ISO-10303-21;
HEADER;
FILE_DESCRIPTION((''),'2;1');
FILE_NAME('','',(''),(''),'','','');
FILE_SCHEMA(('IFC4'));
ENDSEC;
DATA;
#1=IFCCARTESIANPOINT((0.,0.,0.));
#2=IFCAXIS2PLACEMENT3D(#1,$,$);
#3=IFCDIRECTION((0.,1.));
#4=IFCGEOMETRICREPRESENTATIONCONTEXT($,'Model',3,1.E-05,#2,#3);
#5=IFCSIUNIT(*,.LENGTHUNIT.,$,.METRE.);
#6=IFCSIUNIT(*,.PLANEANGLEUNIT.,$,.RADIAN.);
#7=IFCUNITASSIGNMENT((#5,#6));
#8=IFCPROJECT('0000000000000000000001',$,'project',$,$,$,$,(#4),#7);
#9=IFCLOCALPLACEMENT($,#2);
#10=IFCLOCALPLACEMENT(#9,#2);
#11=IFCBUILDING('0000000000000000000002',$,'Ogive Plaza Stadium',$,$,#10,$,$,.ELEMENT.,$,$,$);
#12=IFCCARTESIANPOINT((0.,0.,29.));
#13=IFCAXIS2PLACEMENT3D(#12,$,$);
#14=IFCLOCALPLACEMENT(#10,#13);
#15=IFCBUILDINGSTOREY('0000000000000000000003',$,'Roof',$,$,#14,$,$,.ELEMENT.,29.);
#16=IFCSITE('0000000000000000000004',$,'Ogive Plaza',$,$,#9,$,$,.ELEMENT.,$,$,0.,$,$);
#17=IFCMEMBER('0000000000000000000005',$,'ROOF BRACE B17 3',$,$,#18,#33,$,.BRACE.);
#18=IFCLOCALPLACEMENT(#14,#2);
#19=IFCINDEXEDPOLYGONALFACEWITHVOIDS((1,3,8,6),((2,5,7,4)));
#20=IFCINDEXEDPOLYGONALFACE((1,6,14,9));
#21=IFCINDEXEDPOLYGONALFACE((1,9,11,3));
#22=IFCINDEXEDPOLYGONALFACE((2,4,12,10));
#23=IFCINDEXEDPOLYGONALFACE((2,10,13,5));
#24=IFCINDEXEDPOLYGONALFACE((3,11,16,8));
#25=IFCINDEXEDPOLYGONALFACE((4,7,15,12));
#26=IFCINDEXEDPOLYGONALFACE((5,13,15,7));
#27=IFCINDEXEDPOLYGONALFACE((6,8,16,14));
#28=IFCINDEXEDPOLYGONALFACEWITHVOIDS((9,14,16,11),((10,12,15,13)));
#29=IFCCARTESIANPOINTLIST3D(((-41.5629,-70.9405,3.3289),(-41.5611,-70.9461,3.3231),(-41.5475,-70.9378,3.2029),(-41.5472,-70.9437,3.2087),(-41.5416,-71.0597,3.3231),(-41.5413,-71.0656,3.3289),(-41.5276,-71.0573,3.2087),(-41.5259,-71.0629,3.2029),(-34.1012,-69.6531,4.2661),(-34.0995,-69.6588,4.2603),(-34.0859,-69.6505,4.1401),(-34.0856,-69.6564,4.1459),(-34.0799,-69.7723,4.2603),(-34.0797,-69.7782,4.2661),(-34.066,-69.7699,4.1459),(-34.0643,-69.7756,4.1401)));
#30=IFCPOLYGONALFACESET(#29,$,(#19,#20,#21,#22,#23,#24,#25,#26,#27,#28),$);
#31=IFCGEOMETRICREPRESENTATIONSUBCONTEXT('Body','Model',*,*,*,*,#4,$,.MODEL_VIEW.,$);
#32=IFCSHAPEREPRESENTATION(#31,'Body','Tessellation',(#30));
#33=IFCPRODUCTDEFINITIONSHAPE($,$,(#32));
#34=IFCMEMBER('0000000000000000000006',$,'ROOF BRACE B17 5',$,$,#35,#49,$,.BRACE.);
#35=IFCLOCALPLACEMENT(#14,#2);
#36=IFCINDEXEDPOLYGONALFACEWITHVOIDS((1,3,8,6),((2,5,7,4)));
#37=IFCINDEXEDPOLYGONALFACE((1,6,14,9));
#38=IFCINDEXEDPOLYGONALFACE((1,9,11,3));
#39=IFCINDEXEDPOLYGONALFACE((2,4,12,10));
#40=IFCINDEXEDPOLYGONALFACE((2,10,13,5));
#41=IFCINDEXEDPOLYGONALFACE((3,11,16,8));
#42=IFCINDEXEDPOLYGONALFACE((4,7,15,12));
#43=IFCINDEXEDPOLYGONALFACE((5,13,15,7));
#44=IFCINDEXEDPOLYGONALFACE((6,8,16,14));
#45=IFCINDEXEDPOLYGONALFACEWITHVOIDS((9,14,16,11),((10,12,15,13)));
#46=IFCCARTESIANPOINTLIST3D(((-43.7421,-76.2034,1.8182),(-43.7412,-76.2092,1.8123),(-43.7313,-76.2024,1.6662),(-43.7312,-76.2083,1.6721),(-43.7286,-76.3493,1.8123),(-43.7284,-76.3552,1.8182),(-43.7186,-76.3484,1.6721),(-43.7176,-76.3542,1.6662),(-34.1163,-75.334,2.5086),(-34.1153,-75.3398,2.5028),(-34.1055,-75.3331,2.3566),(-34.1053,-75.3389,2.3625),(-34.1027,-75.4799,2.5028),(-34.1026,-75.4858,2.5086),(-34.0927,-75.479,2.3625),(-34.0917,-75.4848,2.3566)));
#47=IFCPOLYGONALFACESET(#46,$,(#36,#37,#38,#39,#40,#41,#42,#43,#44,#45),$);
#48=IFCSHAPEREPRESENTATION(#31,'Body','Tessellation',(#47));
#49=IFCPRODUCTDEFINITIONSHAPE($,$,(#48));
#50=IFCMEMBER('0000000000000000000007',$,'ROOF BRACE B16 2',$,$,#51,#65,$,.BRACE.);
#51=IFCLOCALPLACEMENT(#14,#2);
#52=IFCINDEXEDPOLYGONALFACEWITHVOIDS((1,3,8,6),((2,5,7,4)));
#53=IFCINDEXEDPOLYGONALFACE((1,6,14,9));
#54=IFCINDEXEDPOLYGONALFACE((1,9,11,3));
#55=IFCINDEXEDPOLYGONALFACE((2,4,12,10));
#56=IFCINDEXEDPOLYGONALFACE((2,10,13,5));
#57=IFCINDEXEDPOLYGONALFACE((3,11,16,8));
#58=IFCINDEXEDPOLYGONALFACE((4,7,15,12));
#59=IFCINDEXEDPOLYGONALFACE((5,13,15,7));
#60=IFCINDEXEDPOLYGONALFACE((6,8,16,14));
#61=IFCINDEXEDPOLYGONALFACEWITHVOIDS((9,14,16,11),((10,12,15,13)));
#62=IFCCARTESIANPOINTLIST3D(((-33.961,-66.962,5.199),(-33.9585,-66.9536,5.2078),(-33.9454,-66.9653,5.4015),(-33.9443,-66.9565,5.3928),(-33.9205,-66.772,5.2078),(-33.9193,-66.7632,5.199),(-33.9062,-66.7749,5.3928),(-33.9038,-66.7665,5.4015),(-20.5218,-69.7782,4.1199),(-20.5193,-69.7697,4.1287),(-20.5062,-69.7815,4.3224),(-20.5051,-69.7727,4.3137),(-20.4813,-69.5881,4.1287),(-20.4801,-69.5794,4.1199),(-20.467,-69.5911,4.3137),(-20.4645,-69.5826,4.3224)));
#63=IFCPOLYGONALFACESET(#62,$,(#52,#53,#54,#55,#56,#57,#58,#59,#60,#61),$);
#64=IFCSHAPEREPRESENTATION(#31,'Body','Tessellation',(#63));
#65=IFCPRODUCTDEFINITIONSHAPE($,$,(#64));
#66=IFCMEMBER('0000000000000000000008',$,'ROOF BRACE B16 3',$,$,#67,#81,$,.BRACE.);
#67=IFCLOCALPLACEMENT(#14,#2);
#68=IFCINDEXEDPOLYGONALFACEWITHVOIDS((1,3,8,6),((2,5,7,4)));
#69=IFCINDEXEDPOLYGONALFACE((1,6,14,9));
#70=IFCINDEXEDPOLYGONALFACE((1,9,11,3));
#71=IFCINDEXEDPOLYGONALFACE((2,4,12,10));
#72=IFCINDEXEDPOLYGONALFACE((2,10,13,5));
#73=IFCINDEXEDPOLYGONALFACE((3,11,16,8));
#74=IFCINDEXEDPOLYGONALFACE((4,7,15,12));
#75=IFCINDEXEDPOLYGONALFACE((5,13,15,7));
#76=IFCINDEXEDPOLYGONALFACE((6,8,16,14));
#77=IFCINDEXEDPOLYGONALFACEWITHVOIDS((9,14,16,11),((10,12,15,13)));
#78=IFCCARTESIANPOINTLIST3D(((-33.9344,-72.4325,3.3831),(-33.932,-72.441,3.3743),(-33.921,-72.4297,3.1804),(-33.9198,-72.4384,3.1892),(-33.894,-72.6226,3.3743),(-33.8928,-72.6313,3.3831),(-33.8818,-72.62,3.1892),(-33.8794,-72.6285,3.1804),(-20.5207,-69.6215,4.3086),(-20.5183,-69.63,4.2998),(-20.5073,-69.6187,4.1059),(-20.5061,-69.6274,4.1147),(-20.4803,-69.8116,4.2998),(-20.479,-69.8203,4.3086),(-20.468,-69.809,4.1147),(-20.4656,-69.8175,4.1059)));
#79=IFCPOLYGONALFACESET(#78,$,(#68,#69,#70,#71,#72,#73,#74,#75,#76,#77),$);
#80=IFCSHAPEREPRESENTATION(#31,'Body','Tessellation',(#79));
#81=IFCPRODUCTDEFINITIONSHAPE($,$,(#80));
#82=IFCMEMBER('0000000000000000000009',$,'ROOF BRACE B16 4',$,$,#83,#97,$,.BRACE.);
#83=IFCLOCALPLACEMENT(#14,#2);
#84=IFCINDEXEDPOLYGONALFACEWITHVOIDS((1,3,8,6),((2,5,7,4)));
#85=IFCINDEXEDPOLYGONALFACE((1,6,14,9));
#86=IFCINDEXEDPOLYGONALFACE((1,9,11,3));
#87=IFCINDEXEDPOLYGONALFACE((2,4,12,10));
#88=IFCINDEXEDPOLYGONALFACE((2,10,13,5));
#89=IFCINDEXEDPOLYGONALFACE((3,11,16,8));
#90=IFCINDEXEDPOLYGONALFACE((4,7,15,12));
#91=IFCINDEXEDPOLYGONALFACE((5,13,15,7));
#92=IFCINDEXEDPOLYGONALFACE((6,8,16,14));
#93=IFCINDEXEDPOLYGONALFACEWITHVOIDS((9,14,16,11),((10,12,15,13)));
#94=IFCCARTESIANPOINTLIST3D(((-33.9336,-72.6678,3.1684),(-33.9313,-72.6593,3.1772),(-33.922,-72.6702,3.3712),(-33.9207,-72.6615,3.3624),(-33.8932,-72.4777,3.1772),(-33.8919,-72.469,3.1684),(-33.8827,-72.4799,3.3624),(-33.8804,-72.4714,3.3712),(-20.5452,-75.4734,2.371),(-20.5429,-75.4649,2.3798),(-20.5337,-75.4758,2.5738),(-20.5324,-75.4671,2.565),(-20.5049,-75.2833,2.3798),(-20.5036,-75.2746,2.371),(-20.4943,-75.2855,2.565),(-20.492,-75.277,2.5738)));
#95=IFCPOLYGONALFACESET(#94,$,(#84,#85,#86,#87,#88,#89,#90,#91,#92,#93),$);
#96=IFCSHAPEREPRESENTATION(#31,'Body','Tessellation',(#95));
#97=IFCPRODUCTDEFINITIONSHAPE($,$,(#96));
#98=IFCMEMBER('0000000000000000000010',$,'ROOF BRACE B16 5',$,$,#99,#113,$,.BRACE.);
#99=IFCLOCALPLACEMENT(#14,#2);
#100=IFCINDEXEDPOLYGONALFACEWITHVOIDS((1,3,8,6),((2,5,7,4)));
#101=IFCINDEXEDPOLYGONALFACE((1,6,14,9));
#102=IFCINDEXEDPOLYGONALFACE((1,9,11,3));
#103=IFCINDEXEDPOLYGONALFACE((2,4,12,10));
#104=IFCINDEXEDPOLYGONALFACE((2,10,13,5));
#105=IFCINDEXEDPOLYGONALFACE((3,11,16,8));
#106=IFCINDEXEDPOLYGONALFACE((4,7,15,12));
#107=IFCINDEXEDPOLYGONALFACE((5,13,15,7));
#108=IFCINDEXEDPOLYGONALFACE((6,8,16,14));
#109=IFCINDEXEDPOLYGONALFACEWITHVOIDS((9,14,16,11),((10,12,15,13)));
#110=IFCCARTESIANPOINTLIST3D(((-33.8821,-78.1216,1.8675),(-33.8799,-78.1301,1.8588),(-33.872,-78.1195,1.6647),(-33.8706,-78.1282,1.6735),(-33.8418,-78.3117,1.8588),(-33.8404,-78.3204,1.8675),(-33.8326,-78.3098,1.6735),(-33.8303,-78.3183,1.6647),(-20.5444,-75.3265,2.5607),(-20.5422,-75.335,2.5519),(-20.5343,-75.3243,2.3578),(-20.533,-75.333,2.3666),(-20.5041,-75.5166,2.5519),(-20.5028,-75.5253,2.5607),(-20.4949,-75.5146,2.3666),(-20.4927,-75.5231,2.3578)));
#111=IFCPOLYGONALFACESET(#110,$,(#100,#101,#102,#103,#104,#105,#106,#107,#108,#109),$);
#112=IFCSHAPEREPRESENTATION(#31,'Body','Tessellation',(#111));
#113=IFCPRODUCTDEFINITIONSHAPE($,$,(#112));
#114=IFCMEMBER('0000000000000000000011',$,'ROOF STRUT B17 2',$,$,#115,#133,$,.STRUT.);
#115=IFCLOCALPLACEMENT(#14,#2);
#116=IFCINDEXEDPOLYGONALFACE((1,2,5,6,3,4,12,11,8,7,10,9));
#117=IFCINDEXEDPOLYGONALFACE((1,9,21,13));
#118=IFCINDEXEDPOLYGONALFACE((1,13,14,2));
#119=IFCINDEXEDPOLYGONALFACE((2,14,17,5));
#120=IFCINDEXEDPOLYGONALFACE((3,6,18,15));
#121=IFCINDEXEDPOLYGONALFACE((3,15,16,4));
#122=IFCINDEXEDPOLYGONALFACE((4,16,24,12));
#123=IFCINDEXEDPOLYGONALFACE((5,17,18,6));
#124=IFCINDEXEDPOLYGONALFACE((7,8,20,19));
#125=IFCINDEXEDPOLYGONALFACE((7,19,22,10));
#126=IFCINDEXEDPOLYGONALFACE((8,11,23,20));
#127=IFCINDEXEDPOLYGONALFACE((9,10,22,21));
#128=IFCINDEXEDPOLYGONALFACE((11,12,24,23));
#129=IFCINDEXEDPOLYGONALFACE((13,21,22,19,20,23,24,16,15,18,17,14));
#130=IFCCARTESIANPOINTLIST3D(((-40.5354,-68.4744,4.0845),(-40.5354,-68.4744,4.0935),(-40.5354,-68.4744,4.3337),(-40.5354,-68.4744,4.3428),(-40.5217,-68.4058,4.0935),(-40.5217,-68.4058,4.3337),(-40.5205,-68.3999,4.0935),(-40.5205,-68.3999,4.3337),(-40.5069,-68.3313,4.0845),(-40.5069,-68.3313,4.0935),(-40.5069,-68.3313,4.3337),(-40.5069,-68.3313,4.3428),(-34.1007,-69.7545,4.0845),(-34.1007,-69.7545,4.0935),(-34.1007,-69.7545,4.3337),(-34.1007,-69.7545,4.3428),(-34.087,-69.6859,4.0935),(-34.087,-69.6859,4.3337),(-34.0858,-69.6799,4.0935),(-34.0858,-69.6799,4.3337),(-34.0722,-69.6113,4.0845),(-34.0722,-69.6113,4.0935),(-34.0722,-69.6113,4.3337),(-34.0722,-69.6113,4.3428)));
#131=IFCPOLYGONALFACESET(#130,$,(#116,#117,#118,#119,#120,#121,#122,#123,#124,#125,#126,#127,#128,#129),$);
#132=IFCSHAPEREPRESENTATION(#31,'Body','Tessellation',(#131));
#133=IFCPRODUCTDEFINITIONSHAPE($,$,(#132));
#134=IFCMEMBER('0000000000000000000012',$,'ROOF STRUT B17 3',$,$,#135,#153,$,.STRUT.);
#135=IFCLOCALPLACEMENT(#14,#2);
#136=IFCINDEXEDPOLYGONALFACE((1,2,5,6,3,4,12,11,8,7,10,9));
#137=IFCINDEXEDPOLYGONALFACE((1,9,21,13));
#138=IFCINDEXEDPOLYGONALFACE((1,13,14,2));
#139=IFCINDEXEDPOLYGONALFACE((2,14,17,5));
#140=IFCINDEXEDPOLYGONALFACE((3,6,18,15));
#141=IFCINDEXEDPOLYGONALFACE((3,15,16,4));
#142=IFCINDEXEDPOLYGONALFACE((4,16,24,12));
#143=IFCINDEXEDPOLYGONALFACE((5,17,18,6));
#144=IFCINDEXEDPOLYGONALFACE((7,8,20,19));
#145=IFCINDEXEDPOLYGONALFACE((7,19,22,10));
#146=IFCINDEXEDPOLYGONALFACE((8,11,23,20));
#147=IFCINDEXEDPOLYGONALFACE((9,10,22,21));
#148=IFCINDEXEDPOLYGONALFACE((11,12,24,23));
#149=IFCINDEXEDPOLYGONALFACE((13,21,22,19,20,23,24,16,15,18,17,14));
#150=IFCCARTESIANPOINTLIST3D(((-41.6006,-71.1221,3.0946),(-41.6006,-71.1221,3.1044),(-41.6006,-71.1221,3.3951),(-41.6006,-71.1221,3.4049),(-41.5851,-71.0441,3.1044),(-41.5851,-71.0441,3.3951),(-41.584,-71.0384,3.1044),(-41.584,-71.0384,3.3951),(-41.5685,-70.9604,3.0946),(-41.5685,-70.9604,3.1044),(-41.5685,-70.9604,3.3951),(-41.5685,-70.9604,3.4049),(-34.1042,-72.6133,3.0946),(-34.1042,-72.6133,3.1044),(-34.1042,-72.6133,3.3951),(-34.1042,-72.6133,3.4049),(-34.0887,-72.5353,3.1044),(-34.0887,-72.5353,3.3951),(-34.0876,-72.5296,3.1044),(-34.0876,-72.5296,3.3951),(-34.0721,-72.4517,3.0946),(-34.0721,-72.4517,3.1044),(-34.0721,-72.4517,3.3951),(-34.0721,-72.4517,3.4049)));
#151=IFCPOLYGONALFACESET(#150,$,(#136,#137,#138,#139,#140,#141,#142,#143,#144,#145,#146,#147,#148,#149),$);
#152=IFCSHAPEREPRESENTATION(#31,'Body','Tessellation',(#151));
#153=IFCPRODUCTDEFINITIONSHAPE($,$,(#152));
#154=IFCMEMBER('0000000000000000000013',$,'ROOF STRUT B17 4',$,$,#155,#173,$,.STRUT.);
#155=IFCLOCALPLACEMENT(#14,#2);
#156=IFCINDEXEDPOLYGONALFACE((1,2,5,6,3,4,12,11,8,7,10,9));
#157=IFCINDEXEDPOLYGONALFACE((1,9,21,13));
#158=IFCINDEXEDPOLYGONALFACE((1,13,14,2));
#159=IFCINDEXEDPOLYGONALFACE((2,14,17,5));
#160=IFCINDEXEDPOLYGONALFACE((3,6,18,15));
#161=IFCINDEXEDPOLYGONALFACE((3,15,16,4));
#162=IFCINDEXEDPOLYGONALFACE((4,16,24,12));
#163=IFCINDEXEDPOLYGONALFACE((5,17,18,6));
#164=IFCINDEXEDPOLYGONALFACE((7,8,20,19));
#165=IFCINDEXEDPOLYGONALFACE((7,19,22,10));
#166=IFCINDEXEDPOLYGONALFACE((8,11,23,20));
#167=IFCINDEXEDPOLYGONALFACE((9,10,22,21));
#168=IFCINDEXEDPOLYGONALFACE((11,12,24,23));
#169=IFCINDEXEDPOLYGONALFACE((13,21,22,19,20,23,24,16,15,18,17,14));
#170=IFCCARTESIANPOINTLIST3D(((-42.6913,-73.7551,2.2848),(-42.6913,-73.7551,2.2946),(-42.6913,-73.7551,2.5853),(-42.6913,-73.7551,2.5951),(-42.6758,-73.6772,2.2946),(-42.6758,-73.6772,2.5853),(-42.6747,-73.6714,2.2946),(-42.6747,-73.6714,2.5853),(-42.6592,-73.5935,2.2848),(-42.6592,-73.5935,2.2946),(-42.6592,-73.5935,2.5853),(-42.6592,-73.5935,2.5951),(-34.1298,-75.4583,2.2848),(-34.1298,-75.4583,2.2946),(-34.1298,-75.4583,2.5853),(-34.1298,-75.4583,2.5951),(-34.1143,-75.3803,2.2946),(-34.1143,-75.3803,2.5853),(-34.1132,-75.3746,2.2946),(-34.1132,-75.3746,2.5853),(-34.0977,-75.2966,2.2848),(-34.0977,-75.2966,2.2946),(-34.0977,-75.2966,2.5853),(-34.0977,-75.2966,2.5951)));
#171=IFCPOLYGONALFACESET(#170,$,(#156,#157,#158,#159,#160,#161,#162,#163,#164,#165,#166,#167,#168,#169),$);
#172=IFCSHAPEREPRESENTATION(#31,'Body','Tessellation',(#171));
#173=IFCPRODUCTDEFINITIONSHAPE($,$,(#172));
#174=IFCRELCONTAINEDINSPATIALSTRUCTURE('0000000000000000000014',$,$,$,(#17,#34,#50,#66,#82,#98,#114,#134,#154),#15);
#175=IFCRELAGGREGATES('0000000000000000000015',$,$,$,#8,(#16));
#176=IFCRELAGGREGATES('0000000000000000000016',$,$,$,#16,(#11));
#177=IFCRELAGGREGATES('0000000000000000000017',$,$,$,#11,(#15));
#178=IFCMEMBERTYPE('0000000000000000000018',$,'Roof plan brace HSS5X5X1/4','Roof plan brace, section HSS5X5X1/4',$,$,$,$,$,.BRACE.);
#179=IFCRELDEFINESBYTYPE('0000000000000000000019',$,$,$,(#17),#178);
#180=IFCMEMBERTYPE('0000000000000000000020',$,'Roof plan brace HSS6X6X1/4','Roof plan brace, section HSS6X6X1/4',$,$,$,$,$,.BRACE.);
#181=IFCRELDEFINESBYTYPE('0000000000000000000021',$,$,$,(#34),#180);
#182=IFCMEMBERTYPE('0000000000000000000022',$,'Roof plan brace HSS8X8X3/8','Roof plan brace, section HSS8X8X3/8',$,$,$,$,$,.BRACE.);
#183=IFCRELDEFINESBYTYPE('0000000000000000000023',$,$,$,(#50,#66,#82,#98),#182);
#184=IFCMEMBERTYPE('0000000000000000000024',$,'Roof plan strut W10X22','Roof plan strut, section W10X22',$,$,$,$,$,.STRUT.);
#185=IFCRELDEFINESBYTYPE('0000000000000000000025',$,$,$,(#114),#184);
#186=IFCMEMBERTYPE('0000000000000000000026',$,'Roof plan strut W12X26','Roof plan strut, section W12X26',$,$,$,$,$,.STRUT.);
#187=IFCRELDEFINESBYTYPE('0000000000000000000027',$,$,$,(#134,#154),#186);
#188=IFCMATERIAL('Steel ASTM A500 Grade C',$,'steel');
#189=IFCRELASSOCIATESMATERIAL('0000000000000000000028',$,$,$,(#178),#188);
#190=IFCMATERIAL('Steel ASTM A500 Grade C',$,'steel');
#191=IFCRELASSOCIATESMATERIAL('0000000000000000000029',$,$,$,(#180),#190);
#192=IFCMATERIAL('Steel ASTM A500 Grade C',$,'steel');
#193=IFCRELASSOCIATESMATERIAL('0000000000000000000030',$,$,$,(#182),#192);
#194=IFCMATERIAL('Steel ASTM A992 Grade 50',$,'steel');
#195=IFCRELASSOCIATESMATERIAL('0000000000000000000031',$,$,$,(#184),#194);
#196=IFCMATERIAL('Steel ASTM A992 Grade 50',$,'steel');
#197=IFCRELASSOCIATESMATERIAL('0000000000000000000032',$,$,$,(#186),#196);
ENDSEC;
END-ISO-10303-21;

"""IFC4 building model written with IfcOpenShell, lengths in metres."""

from ifc_helpers import new_model, si_unit, direction, frame, origin, origin_2d, place, context, subcontext, project, spatial, hollow_rectangle, i_section, extrude, material, material_profile, profile_set, type_object, element, save


model = new_model("IFC4")

# Units and contexts
model_context = context("Model", 3, precision=1e-05, world=origin(), true_north=direction((0.0, 1.0)))
body_context = subcontext(model_context, "Body", "Model", "MODEL_VIEW")
ifc_project = project(units=[si_unit("LENGTHUNIT", "METRE"), si_unit("PLANEANGLEUNIT", "RADIAN")], contexts=[model_context])

# Site, building, storey
site_placement = place(None, origin())
site = spatial("IfcSite", under=ifc_project, at=site_placement, Name="Ogive Plaza", CompositionType="ELEMENT", RefElevation=0.0)
building_placement = place(site_placement, origin())
building = spatial("IfcBuilding", under=site, at=building_placement, Name="Ogive Plaza Stadium", CompositionType="ELEMENT")
storey_placement = place(building_placement, frame((0.0, 0.0, 29.0)))
storey = spatial("IfcBuildingStorey", under=building, at=storey_placement, Name="Roof", CompositionType="ELEMENT", Elevation=29.0)

# Members
ifc_material_1 = material(Name="Steel ASTM A500 Grade C", Category="steel")
ifc_material_profile_1 = material_profile(ifc_material_1, hollow_rectangle(XDim=0.127, YDim=0.127, WallThickness=0.0059, at=origin_2d()), Name="HSS5X5X1/4")
ifc_profile_set_1 = profile_set([ifc_material_profile_1], Name="Steel ASTM A500 Grade C")
member_type_1 = type_object("IfcMemberType", Name="Roof plan brace HSS5X5X1/4", Description="Roof plan brace, section HSS5X5X1/4", PredefinedType="BRACE", material=ifc_profile_set_1)
member_1_placement = place(storey_placement, frame((-34.0828, -69.7144, 4.2031), z_axis=(-0.977977, -0.168729, -0.122843), x_axis=(0.170017, -0.985441, 0.0)))
element("IfcMember", 1, at=member_1_placement, inside=storey, type_object=member_type_1, Name="ROOF BRACE B17 3", PredefinedType="BRACE", context=body_context, shape_type="SweptSolid", body=[
    extrude(hollow_rectangle(XDim=0.127, YDim=0.127, WallThickness=0.0059, at=origin_2d()), origin(), (0.0, 0.0, 1.0), 7.6296),
])
ifc_material_2 = material(Name="Steel ASTM A500 Grade C", Category="steel")
ifc_material_profile_2 = material_profile(ifc_material_2, hollow_rectangle(XDim=0.1523, YDim=0.1523, WallThickness=0.0059, at=origin_2d()), Name="HSS6X6X1/4")
ifc_profile_set_2 = profile_set([ifc_material_profile_2], Name="Steel ASTM A500 Grade C")
member_type_2 = type_object("IfcMemberType", Name="Roof plan brace HSS6X6X1/4", Description="Roof plan brace, section HSS6X6X1/4", PredefinedType="BRACE", material=ifc_profile_set_2)
member_2_placement = place(storey_placement, frame((-34.104, -75.4094, 2.4326), z_axis=(-0.993415, -0.089722, -0.071253), x_axis=(0.08995, -0.995946, 0.0)))
element("IfcMember", 2, at=member_2_placement, inside=storey, type_object=member_type_2, Name="ROOF BRACE B17 5", PredefinedType="BRACE", context=body_context, shape_type="SweptSolid", body=[
    extrude(hollow_rectangle(XDim=0.1523, YDim=0.1523, WallThickness=0.0059, at=origin_2d()), origin(), (0.0, 0.0, 1.0), 9.6897),
])
ifc_material_3 = material(Name="Steel ASTM A500 Grade C", Category="steel")
ifc_material_profile_3 = material_profile(ifc_material_3, hollow_rectangle(XDim=0.2031, YDim=0.2031, WallThickness=0.0088, at=origin_2d()), Name="HSS8X8X3/8")
ifc_profile_set_3 = profile_set([ifc_material_profile_3], Name="Steel ASTM A500 Grade C")
member_type_3 = type_object("IfcMemberType", Name="Roof plan brace HSS8X8X3/8", Description="Roof plan brace, section HSS8X8X3/8", PredefinedType="BRACE", material=ifc_profile_set_3)
member_3_placement = place(storey_placement, frame((-33.9324, -66.8643, 5.3003), z_axis=(0.975734, -0.204463, -0.078347), x_axis=(0.205094, 0.978742, 0.0)))
element("IfcMember", 3, at=member_3_placement, inside=storey, type_object=member_type_3, Name="ROOF BRACE B16 2", PredefinedType="BRACE", context=body_context, shape_type="SweptSolid", body=[
    extrude(hollow_rectangle(XDim=0.2031, YDim=0.2031, WallThickness=0.0088, at=origin_2d()), origin(), (0.0, 0.0, 1.0), 13.7734),
])
member_4_placement = place(storey_placement, frame((-20.4932, -69.7195, 4.2073), z_axis=(-0.976515, -0.204641, -0.067378), x_axis=(0.205107, -0.97874, 0.0)))
element("IfcMember", 4, at=member_4_placement, inside=storey, type_object=member_type_3, Name="ROOF BRACE B16 3", PredefinedType="BRACE", context=body_context, shape_type="SweptSolid", body=[
    extrude(hollow_rectangle(XDim=0.2031, YDim=0.2031, WallThickness=0.0088, at=origin_2d()), origin(), (0.0, 0.0, 1.0), 13.7363),
])
member_5_placement = place(storey_placement, frame((-33.907, -72.5696, 3.2698), z_axis=(0.977082, -0.204756, -0.058191), x_axis=(0.205104, 0.97874, 0.0)))
element("IfcMember", 5, at=member_5_placement, inside=storey, type_object=member_type_3, Name="ROOF BRACE B16 4", PredefinedType="BRACE", context=body_context, shape_type="SweptSolid", body=[
    extrude(hollow_rectangle(XDim=0.2031, YDim=0.2031, WallThickness=0.0088, at=origin_2d()), origin(), (0.0, 0.0, 1.0), 13.7024),
])
member_6_placement = place(storey_placement, frame((-20.5186, -75.4248, 2.4592), z_axis=(-0.977475, -0.204849, -0.050796), x_axis=(0.205114, -0.978738, 0.0)))
element("IfcMember", 6, at=member_6_placement, inside=storey, type_object=member_type_3, Name="ROOF BRACE B16 5", PredefinedType="BRACE", context=body_context, shape_type="SweptSolid", body=[
    extrude(hollow_rectangle(XDim=0.2031, YDim=0.2031, WallThickness=0.0088, at=origin_2d()), origin(), (0.0, 0.0, 1.0), 13.645),
])
ifc_material_4 = material(Name="Steel ASTM A992 Grade 50", Category="steel")
ifc_material_profile_4 = material_profile(ifc_material_4, i_section(OverallWidth=0.146, OverallDepth=0.2583, WebThickness=0.0061, FlangeThickness=0.009, at=origin_2d()), Name="W10X22")
ifc_profile_set_4 = profile_set([ifc_material_profile_4], Name="Steel ASTM A992 Grade 50")
member_type_4 = type_object("IfcMemberType", Name="Roof plan strut W10X22", Description="Roof plan strut, section W10X22", PredefinedType="STRUT", material=ifc_profile_set_4)
member_7_placement = place(storey_placement, frame((-34.0864, -69.6829, 4.2136), z_axis=(-0.980783, 0.1951, 0.0), x_axis=(-0.1951, -0.980783, 0.0)))
element("IfcMember", 7, at=member_7_placement, inside=storey, type_object=member_type_4, Name="ROOF STRUT B17 2", PredefinedType="STRUT", context=body_context, shape_type="SweptSolid", body=[
    extrude(i_section(OverallWidth=0.146, OverallDepth=0.2583, WebThickness=0.0061, FlangeThickness=0.009, at=origin_2d()), origin(), (0.0, 0.0, 1.0), 6.5608),
])
ifc_material_5 = material(Name="Steel ASTM A992 Grade 50", Category="steel")
ifc_material_profile_5 = material_profile(ifc_material_5, i_section(OverallWidth=0.1648, OverallDepth=0.3103, WebThickness=0.0059, FlangeThickness=0.0098, at=origin_2d()), Name="W12X26")
ifc_profile_set_5 = profile_set([ifc_material_profile_5], Name="Steel ASTM A992 Grade 50")
member_type_5 = type_object("IfcMemberType", Name="Roof plan strut W12X26", Description="Roof plan strut, section W12X26", PredefinedType="STRUT", material=ifc_profile_set_5)
member_8_placement = place(storey_placement, frame((-34.0881, -72.5325, 3.2498), z_axis=(-0.980783, 0.195102, 0.0), x_axis=(-0.195102, -0.980783, 0.0)))
element("IfcMember", 8, at=member_8_placement, inside=storey, type_object=member_type_5, Name="ROOF STRUT B17 3", PredefinedType="STRUT", context=body_context, shape_type="SweptSolid", body=[
    extrude(i_section(OverallWidth=0.1648, OverallDepth=0.3103, WebThickness=0.0059, FlangeThickness=0.0098, at=origin_2d()), origin(), (0.0, 0.0, 1.0), 7.6433),
])
member_9_placement = place(storey_placement, frame((-34.1138, -75.3774, 2.4399), z_axis=(-0.980782, 0.195105, 0.0), x_axis=(-0.195105, -0.980782, 0.0)))
element("IfcMember", 9, at=member_9_placement, inside=storey, type_object=member_type_5, Name="ROOF STRUT B17 4", PredefinedType="STRUT", context=body_context, shape_type="SweptSolid", body=[
    extrude(i_section(OverallWidth=0.1648, OverallDepth=0.3103, WebThickness=0.0059, FlangeThickness=0.0098, at=origin_2d()), origin(), (0.0, 0.0, 1.0), 8.7292),
])

save(model, "model.ifc")
